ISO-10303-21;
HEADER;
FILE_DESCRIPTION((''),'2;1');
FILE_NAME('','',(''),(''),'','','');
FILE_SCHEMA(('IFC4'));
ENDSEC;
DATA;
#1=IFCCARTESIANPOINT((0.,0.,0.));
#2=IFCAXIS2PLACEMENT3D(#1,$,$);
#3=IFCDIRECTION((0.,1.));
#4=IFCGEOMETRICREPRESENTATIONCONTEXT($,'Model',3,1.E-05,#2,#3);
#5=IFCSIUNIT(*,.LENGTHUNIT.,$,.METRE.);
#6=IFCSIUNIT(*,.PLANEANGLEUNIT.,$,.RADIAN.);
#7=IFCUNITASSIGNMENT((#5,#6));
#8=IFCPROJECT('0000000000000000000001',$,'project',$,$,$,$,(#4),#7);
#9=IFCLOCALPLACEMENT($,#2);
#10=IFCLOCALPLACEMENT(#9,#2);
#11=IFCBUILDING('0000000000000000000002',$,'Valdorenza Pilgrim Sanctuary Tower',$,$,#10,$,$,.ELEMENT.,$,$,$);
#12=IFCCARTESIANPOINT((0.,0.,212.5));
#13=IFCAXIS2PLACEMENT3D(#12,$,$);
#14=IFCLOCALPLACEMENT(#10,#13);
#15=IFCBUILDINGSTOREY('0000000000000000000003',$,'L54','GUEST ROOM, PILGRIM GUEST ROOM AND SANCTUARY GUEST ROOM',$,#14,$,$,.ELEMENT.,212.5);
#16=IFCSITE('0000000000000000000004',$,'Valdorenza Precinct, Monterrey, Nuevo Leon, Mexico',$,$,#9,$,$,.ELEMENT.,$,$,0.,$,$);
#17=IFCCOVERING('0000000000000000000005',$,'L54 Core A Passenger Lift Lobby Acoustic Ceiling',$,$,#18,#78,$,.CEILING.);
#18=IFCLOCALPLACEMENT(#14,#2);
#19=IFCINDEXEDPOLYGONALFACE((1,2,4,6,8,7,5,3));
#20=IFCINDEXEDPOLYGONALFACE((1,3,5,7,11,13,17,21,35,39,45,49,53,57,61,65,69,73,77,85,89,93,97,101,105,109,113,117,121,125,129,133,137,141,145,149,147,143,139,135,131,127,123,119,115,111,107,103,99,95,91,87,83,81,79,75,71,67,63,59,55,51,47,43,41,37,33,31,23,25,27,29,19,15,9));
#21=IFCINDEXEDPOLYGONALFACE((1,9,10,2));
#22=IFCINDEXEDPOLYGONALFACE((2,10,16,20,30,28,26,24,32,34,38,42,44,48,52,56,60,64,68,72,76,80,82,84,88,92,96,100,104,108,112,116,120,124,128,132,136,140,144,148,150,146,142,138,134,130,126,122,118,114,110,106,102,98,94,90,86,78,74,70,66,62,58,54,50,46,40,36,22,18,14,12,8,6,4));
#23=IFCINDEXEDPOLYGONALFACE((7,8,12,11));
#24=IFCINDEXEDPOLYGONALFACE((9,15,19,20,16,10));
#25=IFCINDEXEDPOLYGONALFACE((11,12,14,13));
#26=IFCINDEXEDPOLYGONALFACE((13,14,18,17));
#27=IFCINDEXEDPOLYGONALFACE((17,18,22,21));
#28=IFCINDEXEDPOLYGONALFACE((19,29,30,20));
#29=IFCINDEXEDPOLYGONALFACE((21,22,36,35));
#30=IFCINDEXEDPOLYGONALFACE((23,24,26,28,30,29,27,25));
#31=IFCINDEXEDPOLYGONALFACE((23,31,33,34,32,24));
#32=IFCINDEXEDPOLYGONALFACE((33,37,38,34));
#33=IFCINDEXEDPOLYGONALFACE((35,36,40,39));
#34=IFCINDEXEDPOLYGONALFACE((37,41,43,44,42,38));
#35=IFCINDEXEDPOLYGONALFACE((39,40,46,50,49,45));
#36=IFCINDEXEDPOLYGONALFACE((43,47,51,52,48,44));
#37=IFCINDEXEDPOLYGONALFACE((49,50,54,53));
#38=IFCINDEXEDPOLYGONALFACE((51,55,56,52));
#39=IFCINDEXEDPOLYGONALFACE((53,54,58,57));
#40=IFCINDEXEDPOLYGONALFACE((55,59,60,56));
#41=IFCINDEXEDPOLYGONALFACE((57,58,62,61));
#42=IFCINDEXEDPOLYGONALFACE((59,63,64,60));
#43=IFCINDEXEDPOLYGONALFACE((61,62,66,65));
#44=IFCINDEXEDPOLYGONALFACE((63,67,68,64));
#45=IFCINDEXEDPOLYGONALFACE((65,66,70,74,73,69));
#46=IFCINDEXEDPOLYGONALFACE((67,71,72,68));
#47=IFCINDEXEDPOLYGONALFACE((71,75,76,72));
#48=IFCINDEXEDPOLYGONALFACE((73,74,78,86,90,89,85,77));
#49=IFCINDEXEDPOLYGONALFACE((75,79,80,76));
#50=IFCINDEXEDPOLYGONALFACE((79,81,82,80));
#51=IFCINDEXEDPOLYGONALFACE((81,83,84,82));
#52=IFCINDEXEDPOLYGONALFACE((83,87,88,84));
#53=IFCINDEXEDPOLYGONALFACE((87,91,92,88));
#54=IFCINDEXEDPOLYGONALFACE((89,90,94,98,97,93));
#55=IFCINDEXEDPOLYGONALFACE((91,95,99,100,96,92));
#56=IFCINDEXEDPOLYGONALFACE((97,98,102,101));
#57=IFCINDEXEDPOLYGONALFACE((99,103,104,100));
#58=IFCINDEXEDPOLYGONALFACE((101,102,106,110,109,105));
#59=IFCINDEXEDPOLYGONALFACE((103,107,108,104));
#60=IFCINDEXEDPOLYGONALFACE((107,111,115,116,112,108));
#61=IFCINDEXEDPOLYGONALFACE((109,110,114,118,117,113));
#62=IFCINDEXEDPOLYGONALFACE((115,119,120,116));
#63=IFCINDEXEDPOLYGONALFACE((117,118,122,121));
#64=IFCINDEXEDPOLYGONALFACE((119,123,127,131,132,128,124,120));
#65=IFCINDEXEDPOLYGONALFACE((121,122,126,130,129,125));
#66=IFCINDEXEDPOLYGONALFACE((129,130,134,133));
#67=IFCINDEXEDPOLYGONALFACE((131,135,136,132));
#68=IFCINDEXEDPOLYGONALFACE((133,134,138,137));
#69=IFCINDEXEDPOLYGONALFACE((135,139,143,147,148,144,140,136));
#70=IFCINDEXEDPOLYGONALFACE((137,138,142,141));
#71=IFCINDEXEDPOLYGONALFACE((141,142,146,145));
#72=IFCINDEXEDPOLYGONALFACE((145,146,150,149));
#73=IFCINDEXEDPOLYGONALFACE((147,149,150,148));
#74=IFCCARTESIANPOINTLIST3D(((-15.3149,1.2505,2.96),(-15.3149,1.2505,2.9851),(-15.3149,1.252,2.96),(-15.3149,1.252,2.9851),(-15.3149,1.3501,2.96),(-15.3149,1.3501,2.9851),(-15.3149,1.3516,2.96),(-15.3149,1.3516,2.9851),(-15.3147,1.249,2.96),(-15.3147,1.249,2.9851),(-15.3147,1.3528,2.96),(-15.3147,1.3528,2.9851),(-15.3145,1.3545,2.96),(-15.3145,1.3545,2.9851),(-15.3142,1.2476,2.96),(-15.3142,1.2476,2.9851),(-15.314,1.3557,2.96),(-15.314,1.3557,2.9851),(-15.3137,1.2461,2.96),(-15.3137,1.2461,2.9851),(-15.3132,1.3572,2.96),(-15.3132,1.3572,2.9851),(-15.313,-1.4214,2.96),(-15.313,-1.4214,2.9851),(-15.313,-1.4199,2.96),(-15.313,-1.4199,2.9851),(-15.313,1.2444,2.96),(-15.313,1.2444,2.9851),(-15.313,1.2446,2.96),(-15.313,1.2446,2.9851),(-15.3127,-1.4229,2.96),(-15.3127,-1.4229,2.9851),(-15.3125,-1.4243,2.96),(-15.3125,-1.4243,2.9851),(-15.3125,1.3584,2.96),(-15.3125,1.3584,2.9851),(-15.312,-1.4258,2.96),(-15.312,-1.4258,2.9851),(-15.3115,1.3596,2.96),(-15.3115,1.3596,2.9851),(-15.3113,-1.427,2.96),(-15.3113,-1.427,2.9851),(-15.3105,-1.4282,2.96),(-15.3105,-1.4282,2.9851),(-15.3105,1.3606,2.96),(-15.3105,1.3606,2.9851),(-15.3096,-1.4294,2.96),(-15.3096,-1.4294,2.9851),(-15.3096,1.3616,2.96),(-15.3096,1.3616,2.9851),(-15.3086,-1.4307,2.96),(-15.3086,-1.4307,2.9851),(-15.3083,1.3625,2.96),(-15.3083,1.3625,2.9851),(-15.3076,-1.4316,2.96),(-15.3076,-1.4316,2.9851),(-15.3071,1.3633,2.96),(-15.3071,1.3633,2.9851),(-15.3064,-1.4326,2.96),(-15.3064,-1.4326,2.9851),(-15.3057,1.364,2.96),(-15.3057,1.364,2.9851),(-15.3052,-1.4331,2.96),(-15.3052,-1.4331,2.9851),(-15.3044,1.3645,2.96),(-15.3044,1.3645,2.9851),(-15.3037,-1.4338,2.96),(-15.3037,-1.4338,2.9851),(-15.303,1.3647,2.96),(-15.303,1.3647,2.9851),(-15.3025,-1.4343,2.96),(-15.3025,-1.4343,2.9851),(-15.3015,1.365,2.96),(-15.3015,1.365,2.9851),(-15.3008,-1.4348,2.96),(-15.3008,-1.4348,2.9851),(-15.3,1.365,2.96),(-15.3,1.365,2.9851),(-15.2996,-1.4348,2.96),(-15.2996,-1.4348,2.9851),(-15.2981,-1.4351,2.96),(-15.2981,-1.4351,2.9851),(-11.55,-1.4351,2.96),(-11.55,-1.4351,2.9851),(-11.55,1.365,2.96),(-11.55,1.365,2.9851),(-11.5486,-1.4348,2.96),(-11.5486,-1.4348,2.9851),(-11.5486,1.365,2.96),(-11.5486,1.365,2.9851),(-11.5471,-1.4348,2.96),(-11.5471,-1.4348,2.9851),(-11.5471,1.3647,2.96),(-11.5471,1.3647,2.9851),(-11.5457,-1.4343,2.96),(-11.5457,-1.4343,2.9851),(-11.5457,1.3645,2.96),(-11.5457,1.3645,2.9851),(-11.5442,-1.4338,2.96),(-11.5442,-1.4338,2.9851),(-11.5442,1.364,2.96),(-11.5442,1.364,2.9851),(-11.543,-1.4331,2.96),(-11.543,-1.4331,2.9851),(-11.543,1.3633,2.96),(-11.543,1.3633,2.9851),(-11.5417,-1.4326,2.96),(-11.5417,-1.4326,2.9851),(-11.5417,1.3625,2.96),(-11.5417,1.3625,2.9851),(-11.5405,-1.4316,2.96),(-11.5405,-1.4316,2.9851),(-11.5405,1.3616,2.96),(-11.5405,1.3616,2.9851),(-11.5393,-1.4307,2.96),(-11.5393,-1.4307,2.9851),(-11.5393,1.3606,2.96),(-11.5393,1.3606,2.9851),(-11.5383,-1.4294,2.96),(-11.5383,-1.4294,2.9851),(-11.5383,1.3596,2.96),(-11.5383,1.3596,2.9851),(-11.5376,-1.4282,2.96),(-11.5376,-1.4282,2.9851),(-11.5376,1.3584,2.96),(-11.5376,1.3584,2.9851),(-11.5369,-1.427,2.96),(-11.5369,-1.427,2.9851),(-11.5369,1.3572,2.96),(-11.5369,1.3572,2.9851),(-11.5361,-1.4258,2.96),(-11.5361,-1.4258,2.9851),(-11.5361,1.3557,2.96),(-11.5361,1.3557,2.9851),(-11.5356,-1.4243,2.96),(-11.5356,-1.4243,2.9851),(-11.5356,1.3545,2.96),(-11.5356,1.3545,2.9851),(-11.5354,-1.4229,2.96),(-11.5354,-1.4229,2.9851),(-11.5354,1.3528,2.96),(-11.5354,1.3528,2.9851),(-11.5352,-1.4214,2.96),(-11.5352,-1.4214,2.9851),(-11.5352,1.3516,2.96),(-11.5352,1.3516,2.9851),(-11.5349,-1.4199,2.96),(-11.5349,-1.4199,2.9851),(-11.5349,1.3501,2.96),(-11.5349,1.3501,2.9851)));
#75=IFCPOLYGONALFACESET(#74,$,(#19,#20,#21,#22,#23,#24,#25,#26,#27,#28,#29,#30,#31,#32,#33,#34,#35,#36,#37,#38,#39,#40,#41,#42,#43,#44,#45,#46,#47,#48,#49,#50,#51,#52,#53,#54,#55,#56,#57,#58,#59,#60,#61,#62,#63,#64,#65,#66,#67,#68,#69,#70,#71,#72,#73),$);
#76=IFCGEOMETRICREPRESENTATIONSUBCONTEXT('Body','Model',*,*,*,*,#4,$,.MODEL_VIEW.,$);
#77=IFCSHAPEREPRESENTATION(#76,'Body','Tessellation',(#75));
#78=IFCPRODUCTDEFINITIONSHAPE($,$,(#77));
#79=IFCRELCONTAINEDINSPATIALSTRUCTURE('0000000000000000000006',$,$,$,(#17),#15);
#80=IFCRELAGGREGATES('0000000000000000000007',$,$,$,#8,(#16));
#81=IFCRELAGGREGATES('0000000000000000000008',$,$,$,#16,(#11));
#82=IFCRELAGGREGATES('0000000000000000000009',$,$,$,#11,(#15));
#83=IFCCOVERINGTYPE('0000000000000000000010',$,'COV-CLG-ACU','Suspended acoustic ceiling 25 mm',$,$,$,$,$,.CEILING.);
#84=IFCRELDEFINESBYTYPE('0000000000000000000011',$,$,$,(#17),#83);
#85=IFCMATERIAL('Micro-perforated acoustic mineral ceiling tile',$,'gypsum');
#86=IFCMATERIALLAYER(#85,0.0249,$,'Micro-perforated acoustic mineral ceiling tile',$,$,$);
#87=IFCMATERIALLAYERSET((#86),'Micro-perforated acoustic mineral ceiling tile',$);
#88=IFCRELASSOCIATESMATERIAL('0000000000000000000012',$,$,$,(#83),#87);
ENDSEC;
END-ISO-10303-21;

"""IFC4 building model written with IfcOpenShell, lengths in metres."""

from ifc_helpers import new_model, si_unit, direction, frame, origin, place, context, subcontext, project, spatial, polyline, outline, extrude, material, layer, layer_set, type_object, element, save


model = new_model("IFC4")

# Units and contexts
model_context = context("Model", 3, precision=1e-05, world=origin(), true_north=direction((0.0, 1.0)))
body_context = subcontext(model_context, "Body", "Model", "MODEL_VIEW")
ifc_project = project(units=[si_unit("LENGTHUNIT", "METRE"), si_unit("PLANEANGLEUNIT", "RADIAN")], contexts=[model_context])

# Site, building, storey
site_placement = place(None, origin())
site = spatial("IfcSite", under=ifc_project, at=site_placement, Name="Valdorenza Precinct, Monterrey, Nuevo Leon, Mexico", CompositionType="ELEMENT", RefElevation=0.0)
building_placement = place(site_placement, origin())
building = spatial("IfcBuilding", under=site, at=building_placement, Name="Valdorenza Pilgrim Sanctuary Tower", CompositionType="ELEMENT")
storey_placement = place(building_placement, frame((0.0, 0.0, 212.5)))
storey = spatial("IfcBuildingStorey", under=building, at=storey_placement, Name="L54", Description="GUEST ROOM, PILGRIM GUEST ROOM AND SANCTUARY GUEST ROOM", CompositionType="ELEMENT", Elevation=212.5)

# Covering
ifc_material_1 = material(Name="Micro-perforated acoustic mineral ceiling tile", Category="gypsum")
ifc_layer_1 = layer(ifc_material_1, 0.0249, Name="Micro-perforated acoustic mineral ceiling tile")
ifc_layer_set_1 = layer_set([ifc_layer_1], Name="Micro-perforated acoustic mineral ceiling tile")
covering_type_1 = type_object("IfcCoveringType", Name="COV-CLG-ACU", Description="Suspended acoustic ceiling 25 mm", PredefinedType="CEILING", material=ifc_layer_set_1)
covering_1_placement = place(storey_placement, frame((0.0, 0.0, 2.96)))
element("IfcCovering", 1, at=covering_1_placement, inside=storey, type_object=covering_type_1, Name="L54 Core A Passenger Lift Lobby Acoustic Ceiling", PredefinedType="CEILING", context=body_context, shape_type="SweptSolid", body=[
    extrude(outline(polyline([(-15.3149, 1.3501), (-15.3149, 1.3516), (-15.3147, 1.3528), (-15.3145, 1.3545), (-15.314, 1.3557), (-15.3132, 1.3572), (-15.3125, 1.3584), (-15.3115, 1.3596), (-15.3105, 1.3606), (-15.3096, 1.3616), (-15.3083, 1.3625), (-15.3071, 1.3633), (-15.3057, 1.364), (-15.3044, 1.3645), (-15.303, 1.3647), (-15.3015, 1.365), (-15.3, 1.365), (-11.55, 1.365), (-11.5486, 1.365), (-11.5471, 1.3647), (-11.5457, 1.3645), (-11.5442, 1.364), (-11.543, 1.3633), (-11.5417, 1.3625), (-11.5405, 1.3616), (-11.5393, 1.3606), (-11.5383, 1.3596), (-11.5376, 1.3584), (-11.5369, 1.3572), (-11.5361, 1.3557), (-11.5356, 1.3545), (-11.5354, 1.3528), (-11.5352, 1.3516), (-11.5349, 1.3501), (-11.5349, -1.4199), (-11.5352, -1.4214), (-11.5354, -1.4229), (-11.5356, -1.4243), (-11.5361, -1.4258), (-11.5369, -1.427), (-11.5376, -1.4282), (-11.5383, -1.4294), (-11.5393, -1.4307), (-11.5405, -1.4316), (-11.5417, -1.4326), (-11.543, -1.4331), (-11.5442, -1.4338), (-11.5457, -1.4343), (-11.5471, -1.4348), (-11.5486, -1.4348), (-11.55, -1.4351), (-15.2981, -1.4351), (-15.2996, -1.4348), (-15.3008, -1.4348), (-15.3025, -1.4343), (-15.3037, -1.4338), (-15.3052, -1.4331), (-15.3064, -1.4326), (-15.3076, -1.4316), (-15.3086, -1.4307), (-15.3096, -1.4294), (-15.3105, -1.4282), (-15.3113, -1.427), (-15.312, -1.4258), (-15.3125, -1.4243), (-15.3127, -1.4229), (-15.313, -1.4214), (-15.313, -1.4199), (-15.313, 1.2444), (-15.313, 1.2446), (-15.3137, 1.2461), (-15.3142, 1.2476), (-15.3147, 1.249), (-15.3149, 1.2505), (-15.3149, 1.252), (-15.3149, 1.3501)])), origin(), (0.0, 0.0, 1.0), 0.0251),
])

save(model, "model.ifc")
